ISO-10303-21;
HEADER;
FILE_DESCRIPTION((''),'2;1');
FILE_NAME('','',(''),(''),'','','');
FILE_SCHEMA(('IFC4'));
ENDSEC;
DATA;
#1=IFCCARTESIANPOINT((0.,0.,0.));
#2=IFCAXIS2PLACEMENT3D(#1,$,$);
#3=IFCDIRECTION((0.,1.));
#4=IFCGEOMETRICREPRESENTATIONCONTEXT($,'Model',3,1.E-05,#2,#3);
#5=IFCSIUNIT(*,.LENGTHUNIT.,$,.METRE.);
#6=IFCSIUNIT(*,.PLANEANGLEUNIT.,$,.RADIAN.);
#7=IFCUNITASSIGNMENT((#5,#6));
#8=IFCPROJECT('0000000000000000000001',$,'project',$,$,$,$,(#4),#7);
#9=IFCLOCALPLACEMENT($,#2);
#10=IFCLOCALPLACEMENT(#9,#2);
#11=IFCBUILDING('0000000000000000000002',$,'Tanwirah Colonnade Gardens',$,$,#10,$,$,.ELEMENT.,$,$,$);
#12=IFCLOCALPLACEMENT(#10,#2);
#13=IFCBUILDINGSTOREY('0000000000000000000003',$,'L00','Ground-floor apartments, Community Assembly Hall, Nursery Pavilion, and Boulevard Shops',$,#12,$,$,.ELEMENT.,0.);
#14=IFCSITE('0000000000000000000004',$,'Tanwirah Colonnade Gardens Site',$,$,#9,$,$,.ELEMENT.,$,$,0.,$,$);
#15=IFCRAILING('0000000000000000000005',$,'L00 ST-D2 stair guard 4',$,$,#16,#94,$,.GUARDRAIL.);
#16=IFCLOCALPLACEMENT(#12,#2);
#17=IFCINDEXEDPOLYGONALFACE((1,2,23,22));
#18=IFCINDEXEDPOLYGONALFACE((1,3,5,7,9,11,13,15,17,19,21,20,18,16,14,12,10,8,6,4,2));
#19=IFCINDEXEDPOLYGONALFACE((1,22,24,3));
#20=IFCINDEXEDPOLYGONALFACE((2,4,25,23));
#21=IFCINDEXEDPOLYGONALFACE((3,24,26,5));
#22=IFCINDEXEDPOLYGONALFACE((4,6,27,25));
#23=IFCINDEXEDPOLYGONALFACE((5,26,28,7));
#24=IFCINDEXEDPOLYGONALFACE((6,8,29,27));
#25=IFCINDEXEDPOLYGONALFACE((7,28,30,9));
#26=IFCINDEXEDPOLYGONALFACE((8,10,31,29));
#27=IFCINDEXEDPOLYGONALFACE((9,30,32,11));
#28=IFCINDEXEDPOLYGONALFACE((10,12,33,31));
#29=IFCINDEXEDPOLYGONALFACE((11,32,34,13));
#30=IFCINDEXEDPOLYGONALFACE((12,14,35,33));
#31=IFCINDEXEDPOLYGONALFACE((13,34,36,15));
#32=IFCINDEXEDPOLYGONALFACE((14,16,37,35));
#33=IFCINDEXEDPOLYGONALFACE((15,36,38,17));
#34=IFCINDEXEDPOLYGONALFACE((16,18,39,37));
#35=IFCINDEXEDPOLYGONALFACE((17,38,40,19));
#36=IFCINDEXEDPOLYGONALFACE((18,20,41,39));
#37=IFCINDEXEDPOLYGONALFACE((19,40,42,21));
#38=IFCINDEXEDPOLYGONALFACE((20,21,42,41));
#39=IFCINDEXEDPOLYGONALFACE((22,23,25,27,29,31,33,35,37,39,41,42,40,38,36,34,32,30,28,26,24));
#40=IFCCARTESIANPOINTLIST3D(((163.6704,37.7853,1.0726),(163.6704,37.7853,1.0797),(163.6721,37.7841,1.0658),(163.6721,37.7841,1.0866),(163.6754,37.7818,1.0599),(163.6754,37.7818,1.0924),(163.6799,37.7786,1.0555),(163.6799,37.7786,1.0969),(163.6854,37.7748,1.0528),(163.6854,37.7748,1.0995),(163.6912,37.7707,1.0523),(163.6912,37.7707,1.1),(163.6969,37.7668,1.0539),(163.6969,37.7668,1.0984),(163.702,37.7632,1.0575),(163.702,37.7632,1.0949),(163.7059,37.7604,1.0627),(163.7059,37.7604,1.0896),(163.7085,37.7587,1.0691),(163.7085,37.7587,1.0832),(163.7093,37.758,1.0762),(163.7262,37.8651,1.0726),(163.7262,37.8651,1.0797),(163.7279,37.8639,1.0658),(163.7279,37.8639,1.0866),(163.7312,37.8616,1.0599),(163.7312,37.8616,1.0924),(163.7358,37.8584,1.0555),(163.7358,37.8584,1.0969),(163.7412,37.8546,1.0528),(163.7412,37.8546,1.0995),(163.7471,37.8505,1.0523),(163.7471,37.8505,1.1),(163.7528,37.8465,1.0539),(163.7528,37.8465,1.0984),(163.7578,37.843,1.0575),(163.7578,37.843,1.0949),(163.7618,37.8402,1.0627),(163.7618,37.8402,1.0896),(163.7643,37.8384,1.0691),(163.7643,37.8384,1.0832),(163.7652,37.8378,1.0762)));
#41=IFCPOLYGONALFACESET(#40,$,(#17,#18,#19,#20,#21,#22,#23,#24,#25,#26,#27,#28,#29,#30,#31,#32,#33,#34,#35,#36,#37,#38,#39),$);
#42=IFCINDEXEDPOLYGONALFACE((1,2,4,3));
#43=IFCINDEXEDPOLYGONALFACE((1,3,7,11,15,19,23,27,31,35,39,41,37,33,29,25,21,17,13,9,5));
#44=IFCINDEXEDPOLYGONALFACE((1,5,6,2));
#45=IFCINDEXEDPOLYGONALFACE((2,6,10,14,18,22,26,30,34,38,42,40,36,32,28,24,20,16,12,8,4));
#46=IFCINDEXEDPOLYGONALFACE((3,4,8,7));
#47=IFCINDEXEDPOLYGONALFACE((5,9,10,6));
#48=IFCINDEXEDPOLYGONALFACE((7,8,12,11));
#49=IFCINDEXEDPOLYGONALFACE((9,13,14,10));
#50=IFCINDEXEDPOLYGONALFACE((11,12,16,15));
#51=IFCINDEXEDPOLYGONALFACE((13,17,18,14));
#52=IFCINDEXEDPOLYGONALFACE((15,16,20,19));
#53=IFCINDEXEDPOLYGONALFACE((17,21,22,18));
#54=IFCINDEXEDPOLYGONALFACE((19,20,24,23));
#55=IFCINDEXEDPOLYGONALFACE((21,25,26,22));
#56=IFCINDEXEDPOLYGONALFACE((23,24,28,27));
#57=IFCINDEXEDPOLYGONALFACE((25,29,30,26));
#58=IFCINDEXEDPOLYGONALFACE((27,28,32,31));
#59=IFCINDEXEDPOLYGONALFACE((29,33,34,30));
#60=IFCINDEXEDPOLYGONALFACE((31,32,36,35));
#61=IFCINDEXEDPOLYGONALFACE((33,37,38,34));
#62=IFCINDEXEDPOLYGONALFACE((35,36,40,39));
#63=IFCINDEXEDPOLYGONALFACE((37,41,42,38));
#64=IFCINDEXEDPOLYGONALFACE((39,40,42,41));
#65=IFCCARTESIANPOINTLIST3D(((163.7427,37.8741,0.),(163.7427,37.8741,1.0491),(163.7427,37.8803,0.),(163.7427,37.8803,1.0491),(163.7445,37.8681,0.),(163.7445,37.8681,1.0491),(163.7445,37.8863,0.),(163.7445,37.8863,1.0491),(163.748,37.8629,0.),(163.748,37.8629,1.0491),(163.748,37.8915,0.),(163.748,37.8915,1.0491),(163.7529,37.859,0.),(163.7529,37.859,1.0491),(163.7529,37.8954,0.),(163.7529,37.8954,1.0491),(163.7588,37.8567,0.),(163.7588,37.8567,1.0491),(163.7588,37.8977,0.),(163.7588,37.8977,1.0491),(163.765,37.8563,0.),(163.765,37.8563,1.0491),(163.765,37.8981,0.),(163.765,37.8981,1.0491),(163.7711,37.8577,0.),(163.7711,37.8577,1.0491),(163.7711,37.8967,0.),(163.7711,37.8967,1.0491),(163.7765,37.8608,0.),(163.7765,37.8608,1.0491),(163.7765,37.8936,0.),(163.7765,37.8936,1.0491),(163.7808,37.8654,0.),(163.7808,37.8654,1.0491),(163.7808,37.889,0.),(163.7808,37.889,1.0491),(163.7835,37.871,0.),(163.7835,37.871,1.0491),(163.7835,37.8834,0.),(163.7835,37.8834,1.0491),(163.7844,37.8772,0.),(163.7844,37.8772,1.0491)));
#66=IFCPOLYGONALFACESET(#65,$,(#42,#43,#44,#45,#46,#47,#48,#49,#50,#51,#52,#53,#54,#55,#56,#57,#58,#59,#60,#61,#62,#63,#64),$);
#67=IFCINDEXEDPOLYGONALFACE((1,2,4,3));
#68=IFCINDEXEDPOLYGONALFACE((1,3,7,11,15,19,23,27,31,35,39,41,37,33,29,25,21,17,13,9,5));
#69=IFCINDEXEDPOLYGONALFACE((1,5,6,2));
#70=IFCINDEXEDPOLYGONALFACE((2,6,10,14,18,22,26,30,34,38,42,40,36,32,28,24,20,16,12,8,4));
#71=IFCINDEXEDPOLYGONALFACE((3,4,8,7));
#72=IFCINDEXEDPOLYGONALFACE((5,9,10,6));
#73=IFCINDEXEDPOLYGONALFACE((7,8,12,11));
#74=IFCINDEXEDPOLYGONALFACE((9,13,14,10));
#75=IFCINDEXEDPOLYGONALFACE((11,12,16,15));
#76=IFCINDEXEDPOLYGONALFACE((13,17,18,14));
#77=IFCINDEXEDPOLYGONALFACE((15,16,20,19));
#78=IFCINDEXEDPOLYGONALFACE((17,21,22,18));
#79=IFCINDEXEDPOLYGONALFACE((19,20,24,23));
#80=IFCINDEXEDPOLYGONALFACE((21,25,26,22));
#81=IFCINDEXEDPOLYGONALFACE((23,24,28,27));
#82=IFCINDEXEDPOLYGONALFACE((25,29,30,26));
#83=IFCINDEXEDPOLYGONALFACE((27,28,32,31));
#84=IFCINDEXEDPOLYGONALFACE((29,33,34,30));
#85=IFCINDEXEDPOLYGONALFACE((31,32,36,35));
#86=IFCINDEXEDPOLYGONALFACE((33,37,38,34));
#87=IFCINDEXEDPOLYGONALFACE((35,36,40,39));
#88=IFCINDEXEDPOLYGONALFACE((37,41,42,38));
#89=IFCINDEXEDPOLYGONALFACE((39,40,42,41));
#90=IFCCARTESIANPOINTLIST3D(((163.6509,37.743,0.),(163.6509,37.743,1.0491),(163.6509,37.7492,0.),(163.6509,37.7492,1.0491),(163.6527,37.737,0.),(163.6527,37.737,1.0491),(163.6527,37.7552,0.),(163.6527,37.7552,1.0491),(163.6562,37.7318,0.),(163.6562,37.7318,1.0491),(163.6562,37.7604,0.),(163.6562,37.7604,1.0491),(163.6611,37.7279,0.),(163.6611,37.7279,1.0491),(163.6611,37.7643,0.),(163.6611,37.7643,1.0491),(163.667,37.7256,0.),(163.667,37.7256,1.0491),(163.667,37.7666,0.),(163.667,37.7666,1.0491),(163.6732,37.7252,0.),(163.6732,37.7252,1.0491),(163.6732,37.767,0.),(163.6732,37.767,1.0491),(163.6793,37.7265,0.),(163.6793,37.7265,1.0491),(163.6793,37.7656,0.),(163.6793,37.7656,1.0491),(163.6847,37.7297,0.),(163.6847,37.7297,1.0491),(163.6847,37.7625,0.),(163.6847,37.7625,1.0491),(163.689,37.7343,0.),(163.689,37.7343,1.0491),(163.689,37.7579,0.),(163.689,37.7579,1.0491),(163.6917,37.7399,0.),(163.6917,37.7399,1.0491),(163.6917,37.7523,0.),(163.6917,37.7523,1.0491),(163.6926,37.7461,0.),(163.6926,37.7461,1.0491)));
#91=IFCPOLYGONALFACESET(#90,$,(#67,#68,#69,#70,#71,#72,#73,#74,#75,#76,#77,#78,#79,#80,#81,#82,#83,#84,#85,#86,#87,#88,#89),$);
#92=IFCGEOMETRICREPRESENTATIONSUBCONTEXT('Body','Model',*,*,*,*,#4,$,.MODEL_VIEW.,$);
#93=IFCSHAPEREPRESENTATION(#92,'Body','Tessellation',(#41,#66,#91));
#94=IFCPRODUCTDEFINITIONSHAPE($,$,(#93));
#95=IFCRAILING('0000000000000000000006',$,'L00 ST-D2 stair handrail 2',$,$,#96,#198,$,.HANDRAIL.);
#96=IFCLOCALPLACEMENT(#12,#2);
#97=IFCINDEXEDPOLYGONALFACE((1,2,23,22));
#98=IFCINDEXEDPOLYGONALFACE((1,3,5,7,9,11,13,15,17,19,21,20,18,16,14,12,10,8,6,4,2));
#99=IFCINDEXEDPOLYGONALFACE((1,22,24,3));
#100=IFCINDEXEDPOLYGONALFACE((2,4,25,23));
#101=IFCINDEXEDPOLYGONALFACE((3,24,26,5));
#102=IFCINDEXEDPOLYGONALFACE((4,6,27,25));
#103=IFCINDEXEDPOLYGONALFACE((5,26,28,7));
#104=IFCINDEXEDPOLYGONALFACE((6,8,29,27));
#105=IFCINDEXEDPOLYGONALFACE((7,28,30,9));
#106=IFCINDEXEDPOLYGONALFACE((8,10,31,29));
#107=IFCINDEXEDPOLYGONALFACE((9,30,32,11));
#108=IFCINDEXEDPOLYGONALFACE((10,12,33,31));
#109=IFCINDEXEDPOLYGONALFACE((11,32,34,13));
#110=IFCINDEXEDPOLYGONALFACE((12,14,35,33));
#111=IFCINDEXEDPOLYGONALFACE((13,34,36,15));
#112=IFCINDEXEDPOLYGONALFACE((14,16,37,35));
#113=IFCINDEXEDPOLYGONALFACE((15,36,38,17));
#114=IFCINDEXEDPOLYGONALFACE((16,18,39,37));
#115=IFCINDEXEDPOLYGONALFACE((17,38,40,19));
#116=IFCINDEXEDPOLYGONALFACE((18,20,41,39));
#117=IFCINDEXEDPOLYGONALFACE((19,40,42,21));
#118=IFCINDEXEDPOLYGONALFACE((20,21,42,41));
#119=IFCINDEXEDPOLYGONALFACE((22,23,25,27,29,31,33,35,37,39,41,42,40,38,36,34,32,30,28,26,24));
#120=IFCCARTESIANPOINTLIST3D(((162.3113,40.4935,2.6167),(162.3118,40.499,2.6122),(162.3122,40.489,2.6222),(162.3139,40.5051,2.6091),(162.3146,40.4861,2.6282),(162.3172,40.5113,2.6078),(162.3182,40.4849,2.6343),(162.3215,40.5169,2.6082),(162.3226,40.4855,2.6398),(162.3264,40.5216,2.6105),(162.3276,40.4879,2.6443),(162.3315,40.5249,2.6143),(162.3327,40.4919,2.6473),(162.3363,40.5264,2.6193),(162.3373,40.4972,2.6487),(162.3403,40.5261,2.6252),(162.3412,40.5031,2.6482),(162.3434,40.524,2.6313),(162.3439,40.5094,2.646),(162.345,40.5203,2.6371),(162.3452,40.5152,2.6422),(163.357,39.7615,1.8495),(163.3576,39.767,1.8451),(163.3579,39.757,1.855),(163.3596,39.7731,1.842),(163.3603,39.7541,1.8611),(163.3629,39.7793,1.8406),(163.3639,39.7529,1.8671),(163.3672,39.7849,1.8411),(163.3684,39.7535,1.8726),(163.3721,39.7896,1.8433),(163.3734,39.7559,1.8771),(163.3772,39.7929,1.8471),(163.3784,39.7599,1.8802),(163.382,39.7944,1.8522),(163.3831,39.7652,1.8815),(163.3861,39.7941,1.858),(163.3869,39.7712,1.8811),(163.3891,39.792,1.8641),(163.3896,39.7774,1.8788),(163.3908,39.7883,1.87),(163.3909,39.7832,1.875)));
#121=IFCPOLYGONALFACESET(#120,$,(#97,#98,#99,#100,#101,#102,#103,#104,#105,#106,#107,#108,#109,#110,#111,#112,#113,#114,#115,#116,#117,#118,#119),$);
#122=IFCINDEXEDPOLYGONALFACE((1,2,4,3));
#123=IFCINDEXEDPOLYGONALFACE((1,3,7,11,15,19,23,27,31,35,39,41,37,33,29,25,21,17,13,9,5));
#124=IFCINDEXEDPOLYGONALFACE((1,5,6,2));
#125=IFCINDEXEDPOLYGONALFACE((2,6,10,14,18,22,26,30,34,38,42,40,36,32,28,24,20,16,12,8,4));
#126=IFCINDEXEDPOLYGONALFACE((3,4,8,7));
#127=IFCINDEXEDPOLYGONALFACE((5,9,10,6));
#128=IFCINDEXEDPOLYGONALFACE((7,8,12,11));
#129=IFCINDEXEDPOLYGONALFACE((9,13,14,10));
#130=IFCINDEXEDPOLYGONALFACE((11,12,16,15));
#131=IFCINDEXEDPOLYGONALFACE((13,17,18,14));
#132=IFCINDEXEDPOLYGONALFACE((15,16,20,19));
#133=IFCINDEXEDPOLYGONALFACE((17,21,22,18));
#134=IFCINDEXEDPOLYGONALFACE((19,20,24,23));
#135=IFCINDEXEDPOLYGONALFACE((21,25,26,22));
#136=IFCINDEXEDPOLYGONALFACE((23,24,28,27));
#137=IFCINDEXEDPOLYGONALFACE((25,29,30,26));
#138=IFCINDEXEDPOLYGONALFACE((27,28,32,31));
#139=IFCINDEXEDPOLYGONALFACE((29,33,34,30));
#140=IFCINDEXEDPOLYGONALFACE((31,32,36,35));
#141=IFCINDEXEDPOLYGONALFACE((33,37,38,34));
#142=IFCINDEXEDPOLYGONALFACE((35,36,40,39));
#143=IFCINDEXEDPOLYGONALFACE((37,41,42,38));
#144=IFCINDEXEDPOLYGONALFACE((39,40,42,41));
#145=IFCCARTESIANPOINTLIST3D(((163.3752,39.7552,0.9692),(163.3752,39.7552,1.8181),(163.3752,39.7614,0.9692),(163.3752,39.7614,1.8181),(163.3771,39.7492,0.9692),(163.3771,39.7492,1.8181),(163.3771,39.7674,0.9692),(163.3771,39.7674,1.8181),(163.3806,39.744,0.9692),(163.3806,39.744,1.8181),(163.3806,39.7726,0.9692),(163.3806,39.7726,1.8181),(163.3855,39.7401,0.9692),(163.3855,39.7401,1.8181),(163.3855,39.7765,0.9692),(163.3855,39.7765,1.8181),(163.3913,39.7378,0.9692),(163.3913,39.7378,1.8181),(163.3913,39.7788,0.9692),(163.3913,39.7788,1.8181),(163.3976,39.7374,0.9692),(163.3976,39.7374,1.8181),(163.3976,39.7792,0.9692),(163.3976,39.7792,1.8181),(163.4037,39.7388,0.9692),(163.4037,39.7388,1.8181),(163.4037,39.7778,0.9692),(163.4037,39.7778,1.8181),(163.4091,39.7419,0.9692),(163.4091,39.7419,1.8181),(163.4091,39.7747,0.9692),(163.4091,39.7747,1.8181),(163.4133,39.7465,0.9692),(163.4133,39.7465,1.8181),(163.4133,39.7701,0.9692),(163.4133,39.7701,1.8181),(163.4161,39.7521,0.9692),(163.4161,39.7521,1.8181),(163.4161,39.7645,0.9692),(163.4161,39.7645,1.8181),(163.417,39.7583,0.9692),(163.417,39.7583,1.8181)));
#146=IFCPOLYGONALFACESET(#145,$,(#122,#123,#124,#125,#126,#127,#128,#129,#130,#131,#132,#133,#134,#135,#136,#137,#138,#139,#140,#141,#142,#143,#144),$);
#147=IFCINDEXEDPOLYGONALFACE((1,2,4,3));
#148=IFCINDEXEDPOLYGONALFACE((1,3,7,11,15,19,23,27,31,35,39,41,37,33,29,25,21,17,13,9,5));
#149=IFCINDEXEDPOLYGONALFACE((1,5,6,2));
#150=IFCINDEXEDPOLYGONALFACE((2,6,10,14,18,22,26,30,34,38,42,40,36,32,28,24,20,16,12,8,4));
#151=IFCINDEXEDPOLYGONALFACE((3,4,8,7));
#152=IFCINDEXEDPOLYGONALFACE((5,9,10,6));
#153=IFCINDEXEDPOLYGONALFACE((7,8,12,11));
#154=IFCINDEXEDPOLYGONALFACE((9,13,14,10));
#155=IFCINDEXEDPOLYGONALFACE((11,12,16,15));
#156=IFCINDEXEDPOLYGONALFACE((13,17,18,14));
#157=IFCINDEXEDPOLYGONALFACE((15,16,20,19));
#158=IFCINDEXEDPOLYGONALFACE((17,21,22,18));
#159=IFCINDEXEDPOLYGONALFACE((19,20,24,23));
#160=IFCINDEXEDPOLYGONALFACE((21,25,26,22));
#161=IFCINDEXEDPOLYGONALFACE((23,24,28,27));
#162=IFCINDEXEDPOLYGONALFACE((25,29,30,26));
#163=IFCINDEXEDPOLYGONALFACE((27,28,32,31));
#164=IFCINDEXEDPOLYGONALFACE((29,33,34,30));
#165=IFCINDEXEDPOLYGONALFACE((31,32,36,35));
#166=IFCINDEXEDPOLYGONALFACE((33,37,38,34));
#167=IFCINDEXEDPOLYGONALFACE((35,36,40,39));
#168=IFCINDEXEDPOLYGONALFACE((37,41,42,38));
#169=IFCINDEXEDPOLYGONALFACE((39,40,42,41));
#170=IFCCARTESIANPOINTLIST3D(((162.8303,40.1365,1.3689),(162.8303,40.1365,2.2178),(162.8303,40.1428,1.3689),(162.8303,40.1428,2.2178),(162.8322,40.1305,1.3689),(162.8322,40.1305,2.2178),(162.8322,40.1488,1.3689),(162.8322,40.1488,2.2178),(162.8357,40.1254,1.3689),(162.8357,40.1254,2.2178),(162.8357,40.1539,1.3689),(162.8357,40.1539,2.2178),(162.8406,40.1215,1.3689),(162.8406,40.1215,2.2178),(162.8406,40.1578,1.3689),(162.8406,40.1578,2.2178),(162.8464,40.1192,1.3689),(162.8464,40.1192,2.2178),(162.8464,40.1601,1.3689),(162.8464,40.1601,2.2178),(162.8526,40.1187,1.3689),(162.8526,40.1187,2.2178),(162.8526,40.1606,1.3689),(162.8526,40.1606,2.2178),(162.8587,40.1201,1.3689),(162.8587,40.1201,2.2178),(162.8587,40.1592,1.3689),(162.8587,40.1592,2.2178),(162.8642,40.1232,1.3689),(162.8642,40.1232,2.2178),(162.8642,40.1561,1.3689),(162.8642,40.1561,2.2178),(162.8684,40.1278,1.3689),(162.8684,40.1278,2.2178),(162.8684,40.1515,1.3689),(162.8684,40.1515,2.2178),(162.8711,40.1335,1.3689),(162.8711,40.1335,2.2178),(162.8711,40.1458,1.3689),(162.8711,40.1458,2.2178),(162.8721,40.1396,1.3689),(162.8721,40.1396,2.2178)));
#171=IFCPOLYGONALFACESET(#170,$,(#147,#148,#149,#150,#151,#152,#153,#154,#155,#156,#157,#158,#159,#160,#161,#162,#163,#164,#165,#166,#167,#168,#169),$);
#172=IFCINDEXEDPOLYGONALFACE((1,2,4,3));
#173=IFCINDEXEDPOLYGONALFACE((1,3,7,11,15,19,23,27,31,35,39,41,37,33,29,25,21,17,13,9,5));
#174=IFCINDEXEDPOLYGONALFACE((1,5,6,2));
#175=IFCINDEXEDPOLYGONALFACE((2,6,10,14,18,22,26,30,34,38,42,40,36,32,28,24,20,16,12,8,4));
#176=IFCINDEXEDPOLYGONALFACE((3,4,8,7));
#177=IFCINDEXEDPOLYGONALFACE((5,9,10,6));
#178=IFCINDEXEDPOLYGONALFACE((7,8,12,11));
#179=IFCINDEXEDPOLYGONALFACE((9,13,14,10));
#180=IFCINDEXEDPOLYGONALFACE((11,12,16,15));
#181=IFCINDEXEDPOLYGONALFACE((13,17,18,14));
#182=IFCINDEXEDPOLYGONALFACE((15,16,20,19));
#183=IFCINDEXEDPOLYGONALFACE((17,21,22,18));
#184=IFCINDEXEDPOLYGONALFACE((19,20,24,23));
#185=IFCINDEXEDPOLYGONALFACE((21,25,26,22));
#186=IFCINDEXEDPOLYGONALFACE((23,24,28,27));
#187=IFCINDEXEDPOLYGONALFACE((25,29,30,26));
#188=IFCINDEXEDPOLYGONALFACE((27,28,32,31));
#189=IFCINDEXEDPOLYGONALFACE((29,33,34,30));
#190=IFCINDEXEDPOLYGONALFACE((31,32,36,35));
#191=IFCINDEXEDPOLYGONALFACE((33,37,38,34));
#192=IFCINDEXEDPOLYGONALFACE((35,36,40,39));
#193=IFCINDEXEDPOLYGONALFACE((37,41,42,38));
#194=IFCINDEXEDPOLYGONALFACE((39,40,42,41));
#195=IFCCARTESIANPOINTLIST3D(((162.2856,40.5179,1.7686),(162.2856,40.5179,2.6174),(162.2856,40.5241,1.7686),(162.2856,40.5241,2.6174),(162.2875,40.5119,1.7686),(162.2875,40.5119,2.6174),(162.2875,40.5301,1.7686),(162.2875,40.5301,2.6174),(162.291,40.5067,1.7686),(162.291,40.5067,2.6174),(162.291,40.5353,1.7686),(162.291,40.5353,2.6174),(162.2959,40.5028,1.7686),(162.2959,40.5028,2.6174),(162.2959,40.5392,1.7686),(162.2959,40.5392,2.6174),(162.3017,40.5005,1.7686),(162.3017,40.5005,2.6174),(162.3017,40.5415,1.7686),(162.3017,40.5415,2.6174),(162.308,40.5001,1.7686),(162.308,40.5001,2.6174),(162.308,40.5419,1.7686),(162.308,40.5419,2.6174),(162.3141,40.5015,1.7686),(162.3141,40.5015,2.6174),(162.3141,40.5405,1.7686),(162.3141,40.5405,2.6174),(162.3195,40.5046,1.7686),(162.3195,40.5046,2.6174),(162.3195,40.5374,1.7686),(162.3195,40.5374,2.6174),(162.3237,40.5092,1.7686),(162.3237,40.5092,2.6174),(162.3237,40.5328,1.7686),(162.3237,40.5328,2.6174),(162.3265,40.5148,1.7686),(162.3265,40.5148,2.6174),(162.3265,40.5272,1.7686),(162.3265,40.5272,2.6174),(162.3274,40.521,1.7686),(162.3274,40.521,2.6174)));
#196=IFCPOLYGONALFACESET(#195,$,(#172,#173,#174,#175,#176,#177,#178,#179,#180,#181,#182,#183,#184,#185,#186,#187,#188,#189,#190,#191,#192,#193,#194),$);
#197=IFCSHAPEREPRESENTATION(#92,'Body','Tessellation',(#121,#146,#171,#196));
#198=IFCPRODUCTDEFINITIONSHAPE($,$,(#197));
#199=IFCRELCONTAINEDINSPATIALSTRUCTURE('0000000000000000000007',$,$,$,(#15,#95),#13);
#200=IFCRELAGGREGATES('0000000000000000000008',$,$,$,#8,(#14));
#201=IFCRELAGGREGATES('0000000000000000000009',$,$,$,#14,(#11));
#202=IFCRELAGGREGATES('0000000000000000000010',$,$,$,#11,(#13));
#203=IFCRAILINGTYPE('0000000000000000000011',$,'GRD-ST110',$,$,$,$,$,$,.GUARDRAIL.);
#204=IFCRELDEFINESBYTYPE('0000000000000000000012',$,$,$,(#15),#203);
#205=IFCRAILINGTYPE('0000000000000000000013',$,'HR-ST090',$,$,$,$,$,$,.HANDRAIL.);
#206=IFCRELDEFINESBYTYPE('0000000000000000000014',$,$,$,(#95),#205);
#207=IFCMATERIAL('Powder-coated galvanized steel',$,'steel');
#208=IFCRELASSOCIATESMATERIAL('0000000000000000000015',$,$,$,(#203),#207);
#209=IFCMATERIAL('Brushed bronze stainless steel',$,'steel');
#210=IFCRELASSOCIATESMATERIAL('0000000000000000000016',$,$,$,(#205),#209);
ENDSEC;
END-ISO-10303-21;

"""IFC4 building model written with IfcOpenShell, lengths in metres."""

from ifc_helpers import new_model, si_unit, direction, frame, origin, origin_2d, place, context, subcontext, project, spatial, circle, extrude, material, type_object, element, save


model = new_model("IFC4")

# Units and contexts
model_context = context("Model", 3, precision=1e-05, world=origin(), true_north=direction((0.0, 1.0)))
body_context = subcontext(model_context, "Body", "Model", "MODEL_VIEW")
ifc_project = project(units=[si_unit("LENGTHUNIT", "METRE"), si_unit("PLANEANGLEUNIT", "RADIAN")], contexts=[model_context])

# Site, building, storey
site_placement = place(None, origin())
site = spatial("IfcSite", under=ifc_project, at=site_placement, Name="Tanwirah Colonnade Gardens Site", CompositionType="ELEMENT", RefElevation=0.0)
building_placement = place(site_placement, origin())
building = spatial("IfcBuilding", under=site, at=building_placement, Name="Tanwirah Colonnade Gardens", CompositionType="ELEMENT")
storey_placement = place(building_placement, origin())
storey = spatial("IfcBuildingStorey", under=building, at=storey_placement, Name="L00", Description="Ground-floor apartments, Community Assembly Hall, Nursery Pavilion, and Boulevard Shops", CompositionType="ELEMENT", Elevation=0.0)

# Railings
ifc_material_1 = material(Name="Powder-coated galvanized steel", Category="steel")
railing_type_1 = type_object("IfcRailingType", Name="GRD-ST110", PredefinedType="GUARDRAIL", material=ifc_material_1)
railing_1_placement = place(storey_placement, frame((163.7634, 37.8772, 0.0)))
element("IfcRailing", 1, at=railing_1_placement, inside=storey, type_object=railing_type_1, Name="L00 ST-D2 stair guard 4", PredefinedType="GUARDRAIL", context=body_context, shape_type="SweptSolid", body=[
    extrude(circle(Radius=0.0239, at=origin_2d()), frame((-0.0178, -0.0256, 1.0762), z_axis=(-0.573565, -0.81916, 0.0), x_axis=(0.81916, -0.573565, 0.0)), (0.0, 0.0, 1.0), 0.0974),
    extrude(circle(Radius=0.021, at=origin_2d()), origin(), (0.0, 0.0, 1.0), 1.0491),
    extrude(circle(Radius=0.021, at=origin_2d()), frame((-0.0918, -0.1311, 0.0)), (0.0, 0.0, 1.0), 1.0491),
])
ifc_material_2 = material(Name="Brushed bronze stainless steel", Category="steel")
railing_type_2 = type_object("IfcRailingType", Name="HR-ST090", PredefinedType="HANDRAIL", material=ifc_material_2)
railing_2_placement = place(storey_placement, frame((163.396, 39.7583, 0.9692)))
element("IfcRailing", 2, at=railing_2_placement, inside=storey, type_object=railing_type_2, Name="L00 ST-D2 stair handrail 2", PredefinedType="HANDRAIL", context=body_context, shape_type="SweptSolid", body=[
    extrude(circle(Radius=0.0239, at=origin_2d()), frame((-0.022, 0.0154, 0.8918), z_axis=(-0.702188, 0.491516, 0.515116), x_axis=(-0.57345, -0.819241, 0.0)), (0.0, 0.0, 1.0), 1.4893),
    extrude(circle(Radius=0.021, at=origin_2d()), origin(), (0.0, 0.0, 1.0), 0.8489),
    extrude(circle(Radius=0.021, at=origin_2d()), frame((-0.5449, 0.3813, 0.3997)), (0.0, 0.0, 1.0), 0.8489),
    extrude(circle(Radius=0.021, at=origin_2d()), frame((-1.0896, 0.7627, 0.7993)), (0.0, 0.0, 1.0), 0.8489),
])

save(model, "model.ifc")
